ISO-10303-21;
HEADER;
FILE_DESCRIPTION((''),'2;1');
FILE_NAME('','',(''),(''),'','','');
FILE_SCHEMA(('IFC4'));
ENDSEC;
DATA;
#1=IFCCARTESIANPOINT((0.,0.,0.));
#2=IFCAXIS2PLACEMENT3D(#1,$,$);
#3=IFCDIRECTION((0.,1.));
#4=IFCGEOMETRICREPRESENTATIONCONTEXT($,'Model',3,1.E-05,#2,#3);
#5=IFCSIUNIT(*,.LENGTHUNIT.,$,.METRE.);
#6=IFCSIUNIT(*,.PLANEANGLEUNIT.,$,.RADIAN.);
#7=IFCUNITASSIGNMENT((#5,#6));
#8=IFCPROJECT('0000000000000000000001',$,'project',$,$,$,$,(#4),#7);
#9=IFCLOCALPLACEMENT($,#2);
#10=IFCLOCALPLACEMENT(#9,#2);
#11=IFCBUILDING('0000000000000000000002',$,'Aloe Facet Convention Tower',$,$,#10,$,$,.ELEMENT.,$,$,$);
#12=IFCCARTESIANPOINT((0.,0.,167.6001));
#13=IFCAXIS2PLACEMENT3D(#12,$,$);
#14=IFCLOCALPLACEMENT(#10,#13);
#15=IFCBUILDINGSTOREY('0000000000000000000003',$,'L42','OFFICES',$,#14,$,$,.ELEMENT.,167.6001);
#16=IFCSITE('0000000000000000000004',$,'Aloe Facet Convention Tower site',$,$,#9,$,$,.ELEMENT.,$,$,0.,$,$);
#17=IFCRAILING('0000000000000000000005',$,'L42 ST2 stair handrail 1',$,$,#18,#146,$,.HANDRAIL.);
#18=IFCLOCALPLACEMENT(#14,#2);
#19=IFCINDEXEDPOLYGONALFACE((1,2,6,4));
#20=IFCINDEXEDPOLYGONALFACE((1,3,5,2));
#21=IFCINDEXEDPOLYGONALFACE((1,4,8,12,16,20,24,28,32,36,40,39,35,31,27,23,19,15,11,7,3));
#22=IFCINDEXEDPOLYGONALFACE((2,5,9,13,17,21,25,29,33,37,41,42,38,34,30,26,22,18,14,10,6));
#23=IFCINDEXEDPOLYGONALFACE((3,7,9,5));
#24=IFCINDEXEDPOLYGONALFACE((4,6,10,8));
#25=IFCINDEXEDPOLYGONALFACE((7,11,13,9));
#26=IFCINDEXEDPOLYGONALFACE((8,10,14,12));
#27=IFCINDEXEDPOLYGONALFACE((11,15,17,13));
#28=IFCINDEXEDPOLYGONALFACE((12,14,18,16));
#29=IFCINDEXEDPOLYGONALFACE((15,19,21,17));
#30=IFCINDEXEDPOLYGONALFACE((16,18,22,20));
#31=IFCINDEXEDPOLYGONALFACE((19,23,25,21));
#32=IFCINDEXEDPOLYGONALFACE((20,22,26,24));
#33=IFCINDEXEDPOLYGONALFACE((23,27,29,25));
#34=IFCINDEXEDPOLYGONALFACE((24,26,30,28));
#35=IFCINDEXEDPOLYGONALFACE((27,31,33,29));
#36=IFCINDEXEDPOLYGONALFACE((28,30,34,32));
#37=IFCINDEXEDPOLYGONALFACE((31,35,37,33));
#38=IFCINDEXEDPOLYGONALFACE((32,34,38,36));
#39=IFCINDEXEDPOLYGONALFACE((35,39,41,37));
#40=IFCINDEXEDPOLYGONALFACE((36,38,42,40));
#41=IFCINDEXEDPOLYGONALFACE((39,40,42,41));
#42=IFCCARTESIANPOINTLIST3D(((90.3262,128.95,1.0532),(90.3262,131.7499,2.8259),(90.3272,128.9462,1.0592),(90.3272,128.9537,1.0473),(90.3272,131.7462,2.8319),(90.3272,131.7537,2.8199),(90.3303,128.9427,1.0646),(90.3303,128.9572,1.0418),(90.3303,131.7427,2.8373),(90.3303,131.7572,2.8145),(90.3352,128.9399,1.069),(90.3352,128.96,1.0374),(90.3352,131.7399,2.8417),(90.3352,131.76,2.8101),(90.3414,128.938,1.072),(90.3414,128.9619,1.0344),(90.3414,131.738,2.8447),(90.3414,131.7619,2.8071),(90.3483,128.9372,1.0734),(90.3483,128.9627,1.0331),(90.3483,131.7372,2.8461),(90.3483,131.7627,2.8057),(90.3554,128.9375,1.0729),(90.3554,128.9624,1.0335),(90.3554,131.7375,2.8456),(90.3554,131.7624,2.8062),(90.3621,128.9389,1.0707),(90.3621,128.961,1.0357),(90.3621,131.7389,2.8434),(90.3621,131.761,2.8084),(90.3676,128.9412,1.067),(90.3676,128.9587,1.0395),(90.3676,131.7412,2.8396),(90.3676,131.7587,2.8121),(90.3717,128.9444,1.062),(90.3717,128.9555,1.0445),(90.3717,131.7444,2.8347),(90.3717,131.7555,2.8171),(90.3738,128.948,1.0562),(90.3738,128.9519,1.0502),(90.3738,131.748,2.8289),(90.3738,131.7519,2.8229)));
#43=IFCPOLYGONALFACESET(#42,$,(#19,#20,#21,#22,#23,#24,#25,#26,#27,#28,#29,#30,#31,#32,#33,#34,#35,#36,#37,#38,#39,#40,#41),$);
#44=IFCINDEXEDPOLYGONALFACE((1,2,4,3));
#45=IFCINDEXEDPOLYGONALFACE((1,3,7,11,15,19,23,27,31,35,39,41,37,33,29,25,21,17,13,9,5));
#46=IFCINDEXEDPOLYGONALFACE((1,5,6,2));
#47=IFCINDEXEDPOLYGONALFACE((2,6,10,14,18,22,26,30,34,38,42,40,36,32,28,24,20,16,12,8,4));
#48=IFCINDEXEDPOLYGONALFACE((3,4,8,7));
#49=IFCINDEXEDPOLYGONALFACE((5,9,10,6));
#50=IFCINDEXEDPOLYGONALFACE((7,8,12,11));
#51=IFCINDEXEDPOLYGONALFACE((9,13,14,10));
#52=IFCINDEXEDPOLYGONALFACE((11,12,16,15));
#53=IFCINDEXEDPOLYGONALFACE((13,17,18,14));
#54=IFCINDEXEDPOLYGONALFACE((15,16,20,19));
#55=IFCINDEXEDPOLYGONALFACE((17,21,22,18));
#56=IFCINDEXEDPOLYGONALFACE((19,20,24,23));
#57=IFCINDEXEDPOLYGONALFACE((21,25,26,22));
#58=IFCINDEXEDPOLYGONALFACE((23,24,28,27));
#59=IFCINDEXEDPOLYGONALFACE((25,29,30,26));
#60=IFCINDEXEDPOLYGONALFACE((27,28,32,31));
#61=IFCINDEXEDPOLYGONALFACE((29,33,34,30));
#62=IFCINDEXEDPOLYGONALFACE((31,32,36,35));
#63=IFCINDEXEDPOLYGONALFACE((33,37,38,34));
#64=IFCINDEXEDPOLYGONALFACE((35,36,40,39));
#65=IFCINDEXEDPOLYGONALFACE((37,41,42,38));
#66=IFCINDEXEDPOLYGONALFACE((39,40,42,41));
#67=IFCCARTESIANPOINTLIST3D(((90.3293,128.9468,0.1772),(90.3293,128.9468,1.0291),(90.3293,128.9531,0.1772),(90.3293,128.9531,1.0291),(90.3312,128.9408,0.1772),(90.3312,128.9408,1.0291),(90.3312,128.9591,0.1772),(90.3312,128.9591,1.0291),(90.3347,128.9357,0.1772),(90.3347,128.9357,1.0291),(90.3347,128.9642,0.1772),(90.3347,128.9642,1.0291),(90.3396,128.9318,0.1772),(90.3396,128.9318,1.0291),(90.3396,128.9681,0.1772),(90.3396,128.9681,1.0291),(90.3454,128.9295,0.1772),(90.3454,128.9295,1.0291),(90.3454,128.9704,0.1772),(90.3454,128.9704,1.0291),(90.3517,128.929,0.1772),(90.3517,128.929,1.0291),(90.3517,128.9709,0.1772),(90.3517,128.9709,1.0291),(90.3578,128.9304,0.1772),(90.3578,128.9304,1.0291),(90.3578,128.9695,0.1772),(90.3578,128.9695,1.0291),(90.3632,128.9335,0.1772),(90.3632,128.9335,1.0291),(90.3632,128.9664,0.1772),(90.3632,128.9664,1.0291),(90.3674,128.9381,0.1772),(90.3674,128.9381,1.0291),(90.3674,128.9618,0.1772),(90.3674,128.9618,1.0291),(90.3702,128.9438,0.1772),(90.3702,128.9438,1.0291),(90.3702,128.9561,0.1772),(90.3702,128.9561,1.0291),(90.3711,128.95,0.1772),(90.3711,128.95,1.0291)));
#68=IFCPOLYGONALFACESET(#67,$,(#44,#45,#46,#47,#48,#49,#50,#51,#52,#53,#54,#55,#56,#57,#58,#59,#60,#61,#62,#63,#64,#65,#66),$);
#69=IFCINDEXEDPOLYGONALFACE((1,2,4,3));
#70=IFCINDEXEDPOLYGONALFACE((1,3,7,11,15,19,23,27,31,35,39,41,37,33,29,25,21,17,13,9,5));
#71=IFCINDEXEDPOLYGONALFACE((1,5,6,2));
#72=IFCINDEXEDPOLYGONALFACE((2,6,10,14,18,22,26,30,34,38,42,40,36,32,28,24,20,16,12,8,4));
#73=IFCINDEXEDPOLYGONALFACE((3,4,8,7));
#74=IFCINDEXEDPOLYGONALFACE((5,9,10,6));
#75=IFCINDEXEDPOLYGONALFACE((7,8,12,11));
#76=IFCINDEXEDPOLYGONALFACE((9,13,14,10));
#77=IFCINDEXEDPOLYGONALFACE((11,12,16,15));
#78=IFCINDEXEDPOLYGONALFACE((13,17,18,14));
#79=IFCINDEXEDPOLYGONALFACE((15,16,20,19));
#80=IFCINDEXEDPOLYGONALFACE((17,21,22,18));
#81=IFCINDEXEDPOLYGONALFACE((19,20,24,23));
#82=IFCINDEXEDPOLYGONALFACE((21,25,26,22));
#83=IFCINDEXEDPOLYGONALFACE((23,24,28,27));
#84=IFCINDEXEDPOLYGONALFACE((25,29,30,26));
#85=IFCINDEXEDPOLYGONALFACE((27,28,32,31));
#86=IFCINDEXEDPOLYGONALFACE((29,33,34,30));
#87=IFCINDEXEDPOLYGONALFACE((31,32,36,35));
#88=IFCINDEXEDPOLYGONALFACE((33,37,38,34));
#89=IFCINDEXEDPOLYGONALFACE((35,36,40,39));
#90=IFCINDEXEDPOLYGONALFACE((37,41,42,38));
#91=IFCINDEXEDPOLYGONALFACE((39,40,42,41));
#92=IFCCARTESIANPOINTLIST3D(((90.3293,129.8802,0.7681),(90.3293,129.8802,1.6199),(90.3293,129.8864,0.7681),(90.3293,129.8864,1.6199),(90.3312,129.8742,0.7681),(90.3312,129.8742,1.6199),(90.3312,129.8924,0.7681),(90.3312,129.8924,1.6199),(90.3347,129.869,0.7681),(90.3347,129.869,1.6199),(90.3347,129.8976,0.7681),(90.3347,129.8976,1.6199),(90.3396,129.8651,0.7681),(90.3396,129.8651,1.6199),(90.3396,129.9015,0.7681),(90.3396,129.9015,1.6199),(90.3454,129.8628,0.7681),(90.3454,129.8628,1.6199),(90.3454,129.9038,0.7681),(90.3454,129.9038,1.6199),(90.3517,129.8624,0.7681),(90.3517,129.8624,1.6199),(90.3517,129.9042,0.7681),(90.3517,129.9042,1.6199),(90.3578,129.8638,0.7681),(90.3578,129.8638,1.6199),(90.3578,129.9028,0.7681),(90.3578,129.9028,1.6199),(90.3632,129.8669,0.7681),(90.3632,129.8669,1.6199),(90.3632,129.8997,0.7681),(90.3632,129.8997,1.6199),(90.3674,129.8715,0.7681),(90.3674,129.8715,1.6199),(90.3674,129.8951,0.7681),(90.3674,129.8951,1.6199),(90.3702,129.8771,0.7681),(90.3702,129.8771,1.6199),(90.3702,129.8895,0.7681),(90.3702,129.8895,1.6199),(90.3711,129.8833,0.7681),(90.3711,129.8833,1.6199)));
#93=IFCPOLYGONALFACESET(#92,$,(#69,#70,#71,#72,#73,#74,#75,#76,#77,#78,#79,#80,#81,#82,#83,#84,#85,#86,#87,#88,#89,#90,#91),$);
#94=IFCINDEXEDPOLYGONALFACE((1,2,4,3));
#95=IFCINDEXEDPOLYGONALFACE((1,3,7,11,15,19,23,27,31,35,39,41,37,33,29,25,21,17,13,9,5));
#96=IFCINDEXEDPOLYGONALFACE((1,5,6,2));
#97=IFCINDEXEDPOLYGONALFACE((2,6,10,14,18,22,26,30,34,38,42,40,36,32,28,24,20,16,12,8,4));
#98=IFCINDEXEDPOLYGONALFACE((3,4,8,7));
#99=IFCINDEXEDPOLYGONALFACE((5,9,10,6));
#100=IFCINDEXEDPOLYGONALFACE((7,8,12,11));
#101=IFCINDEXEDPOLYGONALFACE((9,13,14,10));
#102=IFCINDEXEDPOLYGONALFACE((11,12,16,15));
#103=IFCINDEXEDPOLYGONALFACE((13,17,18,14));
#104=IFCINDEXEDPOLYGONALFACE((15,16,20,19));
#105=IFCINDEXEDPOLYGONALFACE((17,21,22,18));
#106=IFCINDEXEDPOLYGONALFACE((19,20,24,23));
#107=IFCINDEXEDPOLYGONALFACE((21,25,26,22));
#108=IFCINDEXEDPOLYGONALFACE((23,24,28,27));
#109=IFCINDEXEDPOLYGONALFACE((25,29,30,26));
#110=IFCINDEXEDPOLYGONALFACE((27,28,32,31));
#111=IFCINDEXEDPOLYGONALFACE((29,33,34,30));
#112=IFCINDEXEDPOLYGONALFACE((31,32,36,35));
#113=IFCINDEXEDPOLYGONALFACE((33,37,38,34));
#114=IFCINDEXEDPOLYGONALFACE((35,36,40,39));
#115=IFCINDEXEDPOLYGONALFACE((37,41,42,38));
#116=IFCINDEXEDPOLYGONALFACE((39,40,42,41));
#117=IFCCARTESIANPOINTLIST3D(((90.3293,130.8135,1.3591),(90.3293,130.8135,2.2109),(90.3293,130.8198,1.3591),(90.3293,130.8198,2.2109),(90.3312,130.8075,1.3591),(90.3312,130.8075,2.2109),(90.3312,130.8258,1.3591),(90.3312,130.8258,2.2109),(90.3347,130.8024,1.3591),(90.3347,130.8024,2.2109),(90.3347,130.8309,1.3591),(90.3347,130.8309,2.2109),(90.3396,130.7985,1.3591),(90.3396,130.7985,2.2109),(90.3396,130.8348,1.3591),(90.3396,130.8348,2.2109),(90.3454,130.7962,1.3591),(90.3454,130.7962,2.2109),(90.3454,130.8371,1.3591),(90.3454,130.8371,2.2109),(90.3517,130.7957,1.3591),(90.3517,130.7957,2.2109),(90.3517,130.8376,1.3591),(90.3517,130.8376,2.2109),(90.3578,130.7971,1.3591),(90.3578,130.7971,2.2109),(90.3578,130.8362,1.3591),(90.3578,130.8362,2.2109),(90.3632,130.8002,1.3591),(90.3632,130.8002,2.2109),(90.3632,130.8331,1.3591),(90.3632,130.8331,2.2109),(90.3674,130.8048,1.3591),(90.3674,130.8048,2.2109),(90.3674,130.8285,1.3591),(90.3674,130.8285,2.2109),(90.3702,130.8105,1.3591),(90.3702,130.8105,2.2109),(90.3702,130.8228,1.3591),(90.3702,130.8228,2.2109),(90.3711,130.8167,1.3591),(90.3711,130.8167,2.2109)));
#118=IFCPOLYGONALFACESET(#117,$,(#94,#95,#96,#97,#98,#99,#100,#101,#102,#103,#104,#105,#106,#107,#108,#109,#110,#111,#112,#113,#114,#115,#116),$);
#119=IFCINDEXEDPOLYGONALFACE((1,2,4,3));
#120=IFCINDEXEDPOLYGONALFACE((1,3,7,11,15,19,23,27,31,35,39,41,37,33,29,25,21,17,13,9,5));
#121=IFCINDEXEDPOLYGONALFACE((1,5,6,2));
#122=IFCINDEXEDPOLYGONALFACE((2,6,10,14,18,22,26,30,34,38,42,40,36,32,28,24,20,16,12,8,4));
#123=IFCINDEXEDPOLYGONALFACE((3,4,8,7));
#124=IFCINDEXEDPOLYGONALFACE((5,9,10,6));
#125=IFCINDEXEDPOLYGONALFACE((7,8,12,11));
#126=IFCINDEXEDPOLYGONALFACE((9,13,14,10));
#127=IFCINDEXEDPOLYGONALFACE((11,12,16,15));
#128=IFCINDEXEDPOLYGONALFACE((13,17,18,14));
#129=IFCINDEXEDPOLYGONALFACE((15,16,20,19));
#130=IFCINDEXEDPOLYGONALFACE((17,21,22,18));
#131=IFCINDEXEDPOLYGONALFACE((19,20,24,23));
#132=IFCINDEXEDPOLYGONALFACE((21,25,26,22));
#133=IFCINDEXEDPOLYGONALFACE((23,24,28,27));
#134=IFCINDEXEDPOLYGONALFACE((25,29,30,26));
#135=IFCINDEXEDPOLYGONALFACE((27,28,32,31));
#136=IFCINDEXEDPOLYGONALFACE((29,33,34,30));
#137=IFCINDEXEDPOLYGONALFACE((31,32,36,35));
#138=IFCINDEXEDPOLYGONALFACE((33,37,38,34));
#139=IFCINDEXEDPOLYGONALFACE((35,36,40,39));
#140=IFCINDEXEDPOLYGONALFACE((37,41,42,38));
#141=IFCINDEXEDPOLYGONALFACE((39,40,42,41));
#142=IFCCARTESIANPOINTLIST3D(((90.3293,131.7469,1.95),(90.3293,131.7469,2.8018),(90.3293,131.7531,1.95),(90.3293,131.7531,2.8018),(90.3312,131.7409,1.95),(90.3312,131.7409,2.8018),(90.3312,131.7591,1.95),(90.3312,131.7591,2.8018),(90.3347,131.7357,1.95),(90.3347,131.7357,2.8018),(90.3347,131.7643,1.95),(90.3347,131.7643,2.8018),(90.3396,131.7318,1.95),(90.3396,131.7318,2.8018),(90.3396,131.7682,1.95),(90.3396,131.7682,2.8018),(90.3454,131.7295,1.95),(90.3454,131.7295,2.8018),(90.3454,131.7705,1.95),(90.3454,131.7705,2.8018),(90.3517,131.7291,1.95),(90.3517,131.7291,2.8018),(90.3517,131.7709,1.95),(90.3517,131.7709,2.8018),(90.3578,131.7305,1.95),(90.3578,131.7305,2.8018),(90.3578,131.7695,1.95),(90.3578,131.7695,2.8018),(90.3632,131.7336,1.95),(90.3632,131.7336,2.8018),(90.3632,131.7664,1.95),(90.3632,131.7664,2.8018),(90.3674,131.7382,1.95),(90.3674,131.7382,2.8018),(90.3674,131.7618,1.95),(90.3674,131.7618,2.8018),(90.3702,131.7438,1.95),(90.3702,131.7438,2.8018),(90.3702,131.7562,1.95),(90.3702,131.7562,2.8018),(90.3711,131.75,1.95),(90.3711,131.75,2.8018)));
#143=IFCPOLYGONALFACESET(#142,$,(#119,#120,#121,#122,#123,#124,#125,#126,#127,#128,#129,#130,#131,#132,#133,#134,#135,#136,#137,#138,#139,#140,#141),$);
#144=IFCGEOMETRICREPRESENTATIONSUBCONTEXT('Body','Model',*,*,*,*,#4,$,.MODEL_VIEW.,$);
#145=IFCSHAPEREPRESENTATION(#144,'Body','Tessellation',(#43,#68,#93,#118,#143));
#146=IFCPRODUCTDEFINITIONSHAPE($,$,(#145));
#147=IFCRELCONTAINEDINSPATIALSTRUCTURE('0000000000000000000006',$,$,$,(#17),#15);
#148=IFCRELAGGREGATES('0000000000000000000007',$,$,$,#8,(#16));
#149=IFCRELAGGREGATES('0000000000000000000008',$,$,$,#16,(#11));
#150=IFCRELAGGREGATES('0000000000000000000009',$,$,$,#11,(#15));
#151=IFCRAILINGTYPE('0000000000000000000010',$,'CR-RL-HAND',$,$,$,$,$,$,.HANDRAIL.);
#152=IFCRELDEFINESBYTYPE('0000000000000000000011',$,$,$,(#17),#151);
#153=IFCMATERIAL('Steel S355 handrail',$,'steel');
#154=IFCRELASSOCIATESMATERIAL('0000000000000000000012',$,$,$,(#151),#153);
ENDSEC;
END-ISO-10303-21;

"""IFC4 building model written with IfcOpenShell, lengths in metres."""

from ifc_helpers import new_model, si_unit, direction, frame, origin, origin_2d, place, context, subcontext, project, spatial, circle, extrude, material, type_object, element, save


model = new_model("IFC4")

# Units and contexts
model_context = context("Model", 3, precision=1e-05, world=origin(), true_north=direction((0.0, 1.0)))
body_context = subcontext(model_context, "Body", "Model", "MODEL_VIEW")
ifc_project = project(units=[si_unit("LENGTHUNIT", "METRE"), si_unit("PLANEANGLEUNIT", "RADIAN")], contexts=[model_context])

# Site, building, storey
site_placement = place(None, origin())
site = spatial("IfcSite", under=ifc_project, at=site_placement, Name="Aloe Facet Convention Tower site", CompositionType="ELEMENT", RefElevation=0.0)
building_placement = place(site_placement, origin())
building = spatial("IfcBuilding", under=site, at=building_placement, Name="Aloe Facet Convention Tower", CompositionType="ELEMENT")
storey_placement = place(building_placement, frame((0.0, 0.0, 167.6001)))
storey = spatial("IfcBuildingStorey", under=building, at=storey_placement, Name="L42", Description="OFFICES", CompositionType="ELEMENT", Elevation=167.6001)

# Railing
ifc_material_1 = material(Name="Steel S355 handrail", Category="steel")
railing_type_1 = type_object("IfcRailingType", Name="CR-RL-HAND", PredefinedType="HANDRAIL", material=ifc_material_1)
railing_1_placement = place(storey_placement, frame((90.3501, 128.95, 0.1772)))
element("IfcRailing", 1, at=railing_1_placement, inside=storey, type_object=railing_type_1, Name="L42 ST2 stair handrail 1", PredefinedType="HANDRAIL", context=body_context, shape_type="SweptSolid", body=[
    extrude(circle(Radius=0.0239, at=origin_2d()), frame((0.0, 0.0, 0.876), z_axis=(0.0, 0.844909, 0.53491), x_axis=(-1.0, 0.0, 0.0)), (0.0, 0.0, 1.0), 3.314),
    extrude(circle(Radius=0.021, at=origin_2d()), origin(), (0.0, 0.0, 1.0), 0.8518),
    extrude(circle(Radius=0.021, at=origin_2d()), frame((0.0, 0.9333, 0.5908)), (0.0, 0.0, 1.0), 0.8518),
    extrude(circle(Radius=0.021, at=origin_2d()), frame((0.0, 1.8667, 1.1819)), (0.0, 0.0, 1.0), 0.8518),
    extrude(circle(Radius=0.021, at=origin_2d()), frame((0.0, 2.8, 1.7727)), (0.0, 0.0, 1.0), 0.8518),
])

save(model, "model.ifc")
